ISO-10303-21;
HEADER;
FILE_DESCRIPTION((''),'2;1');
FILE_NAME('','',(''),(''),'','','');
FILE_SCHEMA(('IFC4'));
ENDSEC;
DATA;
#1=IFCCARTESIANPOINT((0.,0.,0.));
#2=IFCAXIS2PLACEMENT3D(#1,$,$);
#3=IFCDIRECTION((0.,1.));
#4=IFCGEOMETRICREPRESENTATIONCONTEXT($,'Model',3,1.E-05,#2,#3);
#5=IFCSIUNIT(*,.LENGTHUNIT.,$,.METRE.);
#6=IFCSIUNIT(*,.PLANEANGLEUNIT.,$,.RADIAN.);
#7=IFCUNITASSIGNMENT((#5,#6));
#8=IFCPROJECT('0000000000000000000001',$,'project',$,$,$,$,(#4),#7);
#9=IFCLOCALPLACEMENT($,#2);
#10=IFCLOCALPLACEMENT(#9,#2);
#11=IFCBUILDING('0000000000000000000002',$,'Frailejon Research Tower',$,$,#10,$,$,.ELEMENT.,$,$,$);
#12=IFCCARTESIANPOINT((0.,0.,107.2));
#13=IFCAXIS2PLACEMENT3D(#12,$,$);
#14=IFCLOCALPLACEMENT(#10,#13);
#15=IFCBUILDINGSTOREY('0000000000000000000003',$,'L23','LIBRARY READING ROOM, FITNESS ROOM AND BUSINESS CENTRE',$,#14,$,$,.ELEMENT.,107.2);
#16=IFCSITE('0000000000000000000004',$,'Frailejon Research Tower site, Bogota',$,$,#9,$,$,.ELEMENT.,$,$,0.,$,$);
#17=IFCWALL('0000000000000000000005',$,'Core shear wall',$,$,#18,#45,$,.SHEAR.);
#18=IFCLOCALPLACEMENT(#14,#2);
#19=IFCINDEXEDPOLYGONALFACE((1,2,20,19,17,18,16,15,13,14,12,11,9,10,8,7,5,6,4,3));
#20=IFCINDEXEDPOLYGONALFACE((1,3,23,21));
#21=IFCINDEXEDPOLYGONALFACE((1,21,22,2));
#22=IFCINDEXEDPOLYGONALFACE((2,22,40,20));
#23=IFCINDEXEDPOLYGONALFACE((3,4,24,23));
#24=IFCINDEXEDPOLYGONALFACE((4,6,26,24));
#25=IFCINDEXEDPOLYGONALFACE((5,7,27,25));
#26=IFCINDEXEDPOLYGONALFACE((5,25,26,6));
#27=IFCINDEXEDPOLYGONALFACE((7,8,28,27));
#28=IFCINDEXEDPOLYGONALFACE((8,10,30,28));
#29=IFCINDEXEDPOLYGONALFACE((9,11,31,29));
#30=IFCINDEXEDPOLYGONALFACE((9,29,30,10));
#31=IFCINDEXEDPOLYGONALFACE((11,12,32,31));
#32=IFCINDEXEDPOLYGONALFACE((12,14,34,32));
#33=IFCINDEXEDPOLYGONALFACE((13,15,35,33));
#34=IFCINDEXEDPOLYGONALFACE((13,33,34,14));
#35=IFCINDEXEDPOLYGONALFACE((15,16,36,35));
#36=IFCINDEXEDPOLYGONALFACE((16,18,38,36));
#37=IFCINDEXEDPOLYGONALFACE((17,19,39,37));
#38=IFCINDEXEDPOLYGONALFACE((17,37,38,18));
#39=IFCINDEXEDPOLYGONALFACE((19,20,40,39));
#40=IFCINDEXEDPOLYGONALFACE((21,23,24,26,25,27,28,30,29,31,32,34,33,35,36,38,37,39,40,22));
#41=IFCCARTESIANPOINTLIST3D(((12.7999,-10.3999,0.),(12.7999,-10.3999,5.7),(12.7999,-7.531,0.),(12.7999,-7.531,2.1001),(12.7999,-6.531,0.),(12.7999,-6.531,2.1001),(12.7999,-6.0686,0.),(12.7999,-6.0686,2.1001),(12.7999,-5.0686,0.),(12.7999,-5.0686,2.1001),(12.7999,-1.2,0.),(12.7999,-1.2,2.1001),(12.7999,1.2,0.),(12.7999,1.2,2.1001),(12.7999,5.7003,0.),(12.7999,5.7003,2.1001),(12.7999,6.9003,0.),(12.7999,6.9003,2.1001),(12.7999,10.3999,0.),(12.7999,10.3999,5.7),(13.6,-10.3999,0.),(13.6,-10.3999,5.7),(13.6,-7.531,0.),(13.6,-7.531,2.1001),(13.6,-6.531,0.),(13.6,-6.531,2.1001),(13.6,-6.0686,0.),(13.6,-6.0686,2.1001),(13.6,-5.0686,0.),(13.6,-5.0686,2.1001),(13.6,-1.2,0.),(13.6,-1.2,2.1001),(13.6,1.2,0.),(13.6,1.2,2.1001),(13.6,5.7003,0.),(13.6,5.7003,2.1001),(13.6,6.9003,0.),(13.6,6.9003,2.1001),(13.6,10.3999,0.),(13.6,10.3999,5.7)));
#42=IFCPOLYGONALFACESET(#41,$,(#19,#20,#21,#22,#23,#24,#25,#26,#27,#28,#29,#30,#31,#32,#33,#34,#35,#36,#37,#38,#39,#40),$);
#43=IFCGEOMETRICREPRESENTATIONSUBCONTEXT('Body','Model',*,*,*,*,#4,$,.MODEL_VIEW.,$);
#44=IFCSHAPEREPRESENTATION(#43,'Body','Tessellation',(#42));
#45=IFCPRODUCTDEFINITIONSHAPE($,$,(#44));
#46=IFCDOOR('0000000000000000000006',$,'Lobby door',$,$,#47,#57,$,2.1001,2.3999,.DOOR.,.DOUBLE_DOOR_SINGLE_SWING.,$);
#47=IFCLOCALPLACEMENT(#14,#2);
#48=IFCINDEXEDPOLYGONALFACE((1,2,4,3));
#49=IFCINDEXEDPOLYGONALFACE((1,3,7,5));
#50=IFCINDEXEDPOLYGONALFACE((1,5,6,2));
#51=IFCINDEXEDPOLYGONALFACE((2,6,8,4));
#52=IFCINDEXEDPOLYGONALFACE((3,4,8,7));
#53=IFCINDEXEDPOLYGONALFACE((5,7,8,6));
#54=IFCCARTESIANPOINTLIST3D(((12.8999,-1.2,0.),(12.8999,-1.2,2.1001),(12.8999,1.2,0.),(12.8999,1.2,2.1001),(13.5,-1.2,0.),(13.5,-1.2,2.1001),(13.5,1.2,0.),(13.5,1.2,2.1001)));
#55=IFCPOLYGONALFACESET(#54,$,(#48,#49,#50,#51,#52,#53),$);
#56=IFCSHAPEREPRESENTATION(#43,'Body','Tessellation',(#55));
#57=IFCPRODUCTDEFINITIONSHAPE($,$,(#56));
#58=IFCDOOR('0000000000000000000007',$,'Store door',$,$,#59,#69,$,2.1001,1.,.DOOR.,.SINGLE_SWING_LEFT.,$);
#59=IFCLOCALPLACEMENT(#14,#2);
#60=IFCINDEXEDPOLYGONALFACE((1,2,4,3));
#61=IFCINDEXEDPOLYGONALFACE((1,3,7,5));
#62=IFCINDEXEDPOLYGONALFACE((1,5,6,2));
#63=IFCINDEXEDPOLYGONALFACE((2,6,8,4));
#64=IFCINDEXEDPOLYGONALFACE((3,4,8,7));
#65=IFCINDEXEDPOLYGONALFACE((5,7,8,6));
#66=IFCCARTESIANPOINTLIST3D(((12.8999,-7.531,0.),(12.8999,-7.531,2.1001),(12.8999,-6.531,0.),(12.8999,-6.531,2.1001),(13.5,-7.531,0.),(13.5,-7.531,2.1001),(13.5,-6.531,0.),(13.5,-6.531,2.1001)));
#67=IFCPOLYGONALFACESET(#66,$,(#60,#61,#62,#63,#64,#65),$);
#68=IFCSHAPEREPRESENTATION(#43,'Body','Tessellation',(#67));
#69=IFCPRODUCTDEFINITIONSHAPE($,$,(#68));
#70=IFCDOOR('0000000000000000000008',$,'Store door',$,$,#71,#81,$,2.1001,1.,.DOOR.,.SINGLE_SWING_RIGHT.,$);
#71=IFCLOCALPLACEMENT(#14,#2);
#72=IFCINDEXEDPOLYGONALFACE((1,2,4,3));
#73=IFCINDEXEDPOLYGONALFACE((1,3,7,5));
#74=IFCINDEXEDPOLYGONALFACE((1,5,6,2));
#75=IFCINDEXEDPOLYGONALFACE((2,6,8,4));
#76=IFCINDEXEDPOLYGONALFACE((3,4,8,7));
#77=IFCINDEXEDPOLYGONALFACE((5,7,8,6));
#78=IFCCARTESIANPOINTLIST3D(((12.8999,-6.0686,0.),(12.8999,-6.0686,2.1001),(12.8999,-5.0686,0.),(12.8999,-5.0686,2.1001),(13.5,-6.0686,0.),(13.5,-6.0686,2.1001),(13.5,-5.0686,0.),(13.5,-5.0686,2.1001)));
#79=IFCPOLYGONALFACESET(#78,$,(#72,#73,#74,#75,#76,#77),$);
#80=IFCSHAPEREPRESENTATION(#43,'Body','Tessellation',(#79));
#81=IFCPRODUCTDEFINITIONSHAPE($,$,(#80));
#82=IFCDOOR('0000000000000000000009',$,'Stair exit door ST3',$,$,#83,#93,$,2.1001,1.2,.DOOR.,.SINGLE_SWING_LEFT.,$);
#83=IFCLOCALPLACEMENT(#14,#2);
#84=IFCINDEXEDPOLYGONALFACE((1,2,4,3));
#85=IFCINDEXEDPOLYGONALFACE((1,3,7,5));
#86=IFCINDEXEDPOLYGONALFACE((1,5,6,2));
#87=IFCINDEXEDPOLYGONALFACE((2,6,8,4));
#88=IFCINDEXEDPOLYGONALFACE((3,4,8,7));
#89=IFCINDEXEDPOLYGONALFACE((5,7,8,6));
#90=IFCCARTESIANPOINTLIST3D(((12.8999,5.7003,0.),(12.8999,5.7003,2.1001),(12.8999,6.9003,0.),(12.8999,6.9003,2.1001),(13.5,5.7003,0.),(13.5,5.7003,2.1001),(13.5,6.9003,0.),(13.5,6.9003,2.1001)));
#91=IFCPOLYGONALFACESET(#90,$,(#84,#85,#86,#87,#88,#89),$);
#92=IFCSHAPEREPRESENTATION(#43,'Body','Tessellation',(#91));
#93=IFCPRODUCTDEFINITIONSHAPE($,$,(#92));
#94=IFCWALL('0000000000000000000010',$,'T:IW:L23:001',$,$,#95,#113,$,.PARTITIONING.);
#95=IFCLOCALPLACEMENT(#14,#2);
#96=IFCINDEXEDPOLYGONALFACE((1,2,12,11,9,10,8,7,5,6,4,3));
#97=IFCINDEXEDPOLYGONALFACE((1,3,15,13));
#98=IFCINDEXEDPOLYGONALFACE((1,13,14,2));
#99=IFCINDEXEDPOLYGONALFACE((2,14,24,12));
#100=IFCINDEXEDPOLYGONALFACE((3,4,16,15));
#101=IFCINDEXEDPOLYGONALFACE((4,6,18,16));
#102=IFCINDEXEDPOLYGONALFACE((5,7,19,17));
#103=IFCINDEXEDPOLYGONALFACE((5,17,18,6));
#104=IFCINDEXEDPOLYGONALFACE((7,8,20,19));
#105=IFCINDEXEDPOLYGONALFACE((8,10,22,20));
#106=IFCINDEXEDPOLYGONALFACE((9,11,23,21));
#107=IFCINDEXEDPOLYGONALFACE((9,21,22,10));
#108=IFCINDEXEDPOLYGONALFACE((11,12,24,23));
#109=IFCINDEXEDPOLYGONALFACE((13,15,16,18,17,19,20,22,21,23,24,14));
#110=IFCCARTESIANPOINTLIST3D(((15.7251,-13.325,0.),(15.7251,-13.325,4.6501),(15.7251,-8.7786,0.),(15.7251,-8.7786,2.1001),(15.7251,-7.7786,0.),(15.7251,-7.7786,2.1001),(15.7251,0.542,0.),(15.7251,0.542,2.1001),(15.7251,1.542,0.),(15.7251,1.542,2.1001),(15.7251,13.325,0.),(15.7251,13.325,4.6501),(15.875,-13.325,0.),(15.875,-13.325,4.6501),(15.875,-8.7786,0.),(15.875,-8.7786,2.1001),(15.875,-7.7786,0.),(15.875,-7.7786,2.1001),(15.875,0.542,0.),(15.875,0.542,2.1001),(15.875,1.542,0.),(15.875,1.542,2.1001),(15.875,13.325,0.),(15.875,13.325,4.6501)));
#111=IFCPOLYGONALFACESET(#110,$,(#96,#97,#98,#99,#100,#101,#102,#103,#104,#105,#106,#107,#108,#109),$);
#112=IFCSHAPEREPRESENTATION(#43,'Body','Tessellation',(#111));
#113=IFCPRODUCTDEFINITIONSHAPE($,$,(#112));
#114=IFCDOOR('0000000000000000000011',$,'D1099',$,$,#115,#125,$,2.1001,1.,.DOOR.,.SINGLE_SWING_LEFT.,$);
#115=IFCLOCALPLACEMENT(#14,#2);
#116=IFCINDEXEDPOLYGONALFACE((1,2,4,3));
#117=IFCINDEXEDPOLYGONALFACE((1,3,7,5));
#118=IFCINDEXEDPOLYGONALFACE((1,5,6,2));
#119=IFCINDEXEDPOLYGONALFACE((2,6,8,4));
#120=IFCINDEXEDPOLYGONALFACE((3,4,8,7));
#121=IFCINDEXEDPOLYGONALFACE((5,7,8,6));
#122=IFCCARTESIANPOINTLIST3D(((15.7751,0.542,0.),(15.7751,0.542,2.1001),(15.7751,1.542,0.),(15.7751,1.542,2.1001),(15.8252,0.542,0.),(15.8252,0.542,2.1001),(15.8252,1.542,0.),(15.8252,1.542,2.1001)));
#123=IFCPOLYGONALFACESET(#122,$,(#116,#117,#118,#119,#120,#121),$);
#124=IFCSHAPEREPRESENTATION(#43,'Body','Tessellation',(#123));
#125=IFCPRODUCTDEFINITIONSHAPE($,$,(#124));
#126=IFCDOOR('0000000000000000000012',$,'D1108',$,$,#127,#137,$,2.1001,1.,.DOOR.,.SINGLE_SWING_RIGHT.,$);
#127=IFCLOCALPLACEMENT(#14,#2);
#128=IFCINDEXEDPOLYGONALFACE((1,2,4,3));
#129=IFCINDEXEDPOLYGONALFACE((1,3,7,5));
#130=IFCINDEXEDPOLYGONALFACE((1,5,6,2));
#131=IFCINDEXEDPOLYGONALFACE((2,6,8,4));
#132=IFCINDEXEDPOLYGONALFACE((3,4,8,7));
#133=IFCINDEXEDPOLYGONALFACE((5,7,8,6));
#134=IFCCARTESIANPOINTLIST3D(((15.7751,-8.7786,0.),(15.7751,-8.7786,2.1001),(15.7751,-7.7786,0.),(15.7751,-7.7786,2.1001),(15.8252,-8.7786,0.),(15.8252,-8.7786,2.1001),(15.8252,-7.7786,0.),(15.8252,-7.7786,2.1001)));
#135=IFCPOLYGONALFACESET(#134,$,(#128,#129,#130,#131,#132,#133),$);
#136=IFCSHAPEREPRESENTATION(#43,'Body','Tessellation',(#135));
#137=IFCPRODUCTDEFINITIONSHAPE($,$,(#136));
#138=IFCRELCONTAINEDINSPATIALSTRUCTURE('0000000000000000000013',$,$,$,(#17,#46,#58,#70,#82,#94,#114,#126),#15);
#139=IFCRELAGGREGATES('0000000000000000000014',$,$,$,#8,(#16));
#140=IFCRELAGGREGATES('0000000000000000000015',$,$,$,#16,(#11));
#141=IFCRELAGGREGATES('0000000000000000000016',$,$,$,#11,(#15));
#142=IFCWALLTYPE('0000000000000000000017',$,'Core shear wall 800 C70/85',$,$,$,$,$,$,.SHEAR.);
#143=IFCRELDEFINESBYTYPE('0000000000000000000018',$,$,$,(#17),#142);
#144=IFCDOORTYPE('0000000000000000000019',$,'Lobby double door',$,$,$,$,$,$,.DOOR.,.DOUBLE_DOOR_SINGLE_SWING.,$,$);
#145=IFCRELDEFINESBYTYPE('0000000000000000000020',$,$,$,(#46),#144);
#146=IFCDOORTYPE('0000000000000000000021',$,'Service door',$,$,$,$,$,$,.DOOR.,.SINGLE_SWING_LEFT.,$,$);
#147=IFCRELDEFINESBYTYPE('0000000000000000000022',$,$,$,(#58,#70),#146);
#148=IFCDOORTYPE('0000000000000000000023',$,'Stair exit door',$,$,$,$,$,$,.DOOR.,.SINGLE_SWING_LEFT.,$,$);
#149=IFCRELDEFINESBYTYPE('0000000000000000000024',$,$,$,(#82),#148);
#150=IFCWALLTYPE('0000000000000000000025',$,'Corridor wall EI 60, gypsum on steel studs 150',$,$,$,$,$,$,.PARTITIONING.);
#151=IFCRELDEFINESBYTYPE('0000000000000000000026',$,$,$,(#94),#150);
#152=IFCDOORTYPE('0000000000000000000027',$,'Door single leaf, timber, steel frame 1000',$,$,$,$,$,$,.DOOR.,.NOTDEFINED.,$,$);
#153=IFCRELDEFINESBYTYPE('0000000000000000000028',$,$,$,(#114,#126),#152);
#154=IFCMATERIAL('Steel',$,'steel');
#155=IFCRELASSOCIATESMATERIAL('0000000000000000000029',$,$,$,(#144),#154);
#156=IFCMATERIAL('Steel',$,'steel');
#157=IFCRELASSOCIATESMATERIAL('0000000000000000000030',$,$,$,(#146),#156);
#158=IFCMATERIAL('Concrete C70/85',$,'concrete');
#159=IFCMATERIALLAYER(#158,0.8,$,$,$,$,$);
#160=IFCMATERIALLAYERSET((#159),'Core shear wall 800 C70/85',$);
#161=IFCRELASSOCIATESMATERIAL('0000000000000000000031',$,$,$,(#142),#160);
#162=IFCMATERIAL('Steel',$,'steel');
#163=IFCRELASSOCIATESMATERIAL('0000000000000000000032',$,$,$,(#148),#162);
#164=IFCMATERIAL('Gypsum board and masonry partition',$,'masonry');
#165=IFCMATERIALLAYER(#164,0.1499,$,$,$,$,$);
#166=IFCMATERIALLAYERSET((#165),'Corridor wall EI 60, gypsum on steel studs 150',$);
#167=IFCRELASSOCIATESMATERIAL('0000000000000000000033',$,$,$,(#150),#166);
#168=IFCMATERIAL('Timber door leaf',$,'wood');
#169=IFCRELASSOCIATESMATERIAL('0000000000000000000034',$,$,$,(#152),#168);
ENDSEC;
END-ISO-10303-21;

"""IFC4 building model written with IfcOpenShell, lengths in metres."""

from ifc_helpers import new_model, si_unit, direction, frame, frame_2d, origin, place, context, subcontext, project, spatial, rectangle, extrude, material, layer, layer_set, type_object, element, fill, save


model = new_model("IFC4")

# Units and contexts
model_context = context("Model", 3, precision=1e-05, world=origin(), true_north=direction((0.0, 1.0)))
body_context = subcontext(model_context, "Body", "Model", "MODEL_VIEW")
ifc_project = project(units=[si_unit("LENGTHUNIT", "METRE"), si_unit("PLANEANGLEUNIT", "RADIAN")], contexts=[model_context])

# Site, building, storey
site_placement = place(None, origin())
site = spatial("IfcSite", under=ifc_project, at=site_placement, Name="Frailejon Research Tower site, Bogota", CompositionType="ELEMENT", RefElevation=0.0)
building_placement = place(site_placement, origin())
building = spatial("IfcBuilding", under=site, at=building_placement, Name="Frailejon Research Tower", CompositionType="ELEMENT")
storey_placement = place(building_placement, frame((0.0, 0.0, 107.2)))
storey = spatial("IfcBuildingStorey", under=building, at=storey_placement, Name="L23", Description="LIBRARY READING ROOM, FITNESS ROOM AND BUSINESS CENTRE", CompositionType="ELEMENT", Elevation=107.2)

# Walls, openings, doors
ifc_material_1 = material(Name="Steel", Category="steel")
door_type_1 = type_object("IfcDoorType", Name="Lobby double door", OperationType="DOUBLE_DOOR_SINGLE_SWING", PredefinedType="DOOR", material=ifc_material_1)
ifc_material_2 = material(Name="Steel", Category="steel")
door_type_2 = type_object("IfcDoorType", Name="Service door", OperationType="SINGLE_SWING_LEFT", PredefinedType="DOOR", material=ifc_material_2)
ifc_material_3 = material(Name="Concrete C70/85", Category="concrete")
ifc_layer_1 = layer(ifc_material_3, 0.8)
ifc_layer_set_1 = layer_set([ifc_layer_1], Name="Core shear wall 800 C70/85")
wall_type_1 = type_object("IfcWallType", Name="Core shear wall 800 C70/85", PredefinedType="SHEAR", material=ifc_layer_set_1)
wall_1_placement = place(storey_placement, frame((13.2, -10.3999, 0.0), z_axis=(0.0, 0.0, 1.0), x_axis=(0.0, 1.0, 0.0)))
wall_1 = element("IfcWall", 1, at=wall_1_placement, inside=storey, type_object=wall_type_1, Name="Core shear wall", PredefinedType="SHEAR", context=body_context, shape_type="SweptSolid", body=[
    extrude(rectangle(XDim=20.7998, YDim=0.8, at=frame_2d((10.3999, 0.0))), origin(), (0.0, 0.0, 1.0), 5.7),
])
opening_1_placement = place(wall_1_placement, frame((9.2, 0.0, 0.0)))
opening_1 = element("IfcOpeningElement", 2, at=opening_1_placement, cuts=wall_1, PredefinedType="OPENING", context=body_context, shape_type="SweptSolid", body=[
    extrude(rectangle(XDim=2.3999, YDim=2.1001, at=frame_2d((1.2, 1.05))), frame((0.0, 0.4099, 0.0), z_axis=(0.0, -1.0, 0.0), x_axis=(1.0, 0.0, 0.0)), (0.0, 0.0, 1.0), 0.8201),
])
opening_2_placement = place(wall_1_placement, frame((16.1001, 0.0, 0.0)))
opening_2 = element("IfcOpeningElement", 3, at=opening_2_placement, cuts=wall_1, PredefinedType="OPENING", context=body_context, shape_type="SweptSolid", body=[
    extrude(rectangle(XDim=1.2, YDim=2.1001, at=frame_2d((0.6001, 1.05))), frame((0.0, 0.4099, 0.0), z_axis=(0.0, -1.0, 0.0), x_axis=(1.0, 0.0, 0.0)), (0.0, 0.0, 1.0), 0.8201),
])
opening_3_placement = place(wall_1_placement, frame((2.8689, 0.0, 0.0)))
opening_3 = element("IfcOpeningElement", 4, at=opening_3_placement, cuts=wall_1, PredefinedType="OPENING", context=body_context, shape_type="SweptSolid", body=[
    extrude(rectangle(XDim=1.0, YDim=2.1001, at=frame_2d((0.5, 1.05))), frame((0.0, 0.4099, 0.0), z_axis=(0.0, -1.0, 0.0), x_axis=(1.0, 0.0, 0.0)), (0.0, 0.0, 1.0), 0.8201),
])
opening_4_placement = place(wall_1_placement, frame((4.3313, 0.0, 0.0)))
opening_4 = element("IfcOpeningElement", 5, at=opening_4_placement, cuts=wall_1, PredefinedType="OPENING", context=body_context, shape_type="SweptSolid", body=[
    extrude(rectangle(XDim=1.0, YDim=2.1001, at=frame_2d((0.5, 1.05))), frame((0.0, 0.4099, 0.0), z_axis=(0.0, -1.0, 0.0), x_axis=(1.0, 0.0, 0.0)), (0.0, 0.0, 1.0), 0.8201),
])
door_1_placement = place(opening_1_placement, origin())
door_1 = element("IfcDoor", 6, at=door_1_placement, inside=storey, type_object=door_type_1, Name="Lobby door", OperationType="DOUBLE_DOOR_SINGLE_SWING", OverallHeight=2.1001, OverallWidth=2.3999, PredefinedType="DOOR", context=body_context, shape_type="SweptSolid", body=[
    extrude(rectangle(XDim=2.3999, YDim=2.1001, at=frame_2d((1.2, 1.05))), frame((0.0, 0.3, 0.0), z_axis=(0.0, -1.0, 0.0), x_axis=(1.0, 0.0, 0.0)), (0.0, 0.0, 1.0), 0.6001),
])
fill(opening_1, door_1)
door_2_placement = place(opening_3_placement, origin())
door_2 = element("IfcDoor", 7, at=door_2_placement, inside=storey, type_object=door_type_2, Name="Store door", OperationType="SINGLE_SWING_LEFT", OverallHeight=2.1001, OverallWidth=1.0, PredefinedType="DOOR", context=body_context, shape_type="SweptSolid", body=[
    extrude(rectangle(XDim=1.0, YDim=2.1001, at=frame_2d((0.5, 1.05))), frame((0.0, 0.3, 0.0), z_axis=(0.0, -1.0, 0.0), x_axis=(1.0, 0.0, 0.0)), (0.0, 0.0, 1.0), 0.6001),
])
fill(opening_3, door_2)
door_3_placement = place(opening_4_placement, origin())
door_3 = element("IfcDoor", 8, at=door_3_placement, inside=storey, type_object=door_type_2, Name="Store door", OperationType="SINGLE_SWING_RIGHT", OverallHeight=2.1001, OverallWidth=1.0, PredefinedType="DOOR", context=body_context, shape_type="SweptSolid", body=[
    extrude(rectangle(XDim=1.0, YDim=2.1001, at=frame_2d((0.5, 1.05))), frame((0.0, 0.3, 0.0), z_axis=(0.0, -1.0, 0.0), x_axis=(1.0, 0.0, 0.0)), (0.0, 0.0, 1.0), 0.6001),
])
fill(opening_4, door_3)
ifc_material_4 = material(Name="Steel", Category="steel")
door_type_3 = type_object("IfcDoorType", Name="Stair exit door", OperationType="SINGLE_SWING_LEFT", PredefinedType="DOOR", material=ifc_material_4)
door_4_placement = place(opening_2_placement, origin())
door_4 = element("IfcDoor", 9, at=door_4_placement, inside=storey, type_object=door_type_3, Name="Stair exit door ST3", OperationType="SINGLE_SWING_LEFT", OverallHeight=2.1001, OverallWidth=1.2, PredefinedType="DOOR", context=body_context, shape_type="SweptSolid", body=[
    extrude(rectangle(XDim=1.2, YDim=2.1001, at=frame_2d((0.6001, 1.05))), frame((0.0, 0.3, 0.0), z_axis=(0.0, -1.0, 0.0), x_axis=(1.0, 0.0, 0.0)), (0.0, 0.0, 1.0), 0.6001),
])
fill(opening_2, door_4)
ifc_material_5 = material(Name="Gypsum board and masonry partition", Category="masonry")
ifc_layer_2 = layer(ifc_material_5, 0.1499)
ifc_layer_set_2 = layer_set([ifc_layer_2], Name="Corridor wall EI 60, gypsum on steel studs 150")
wall_type_2 = type_object("IfcWallType", Name="Corridor wall EI 60, gypsum on steel studs 150", PredefinedType="PARTITIONING", material=ifc_layer_set_2)
wall_2_placement = place(storey_placement, frame((15.8, -13.325, 0.0), z_axis=(0.0, 0.0, 1.0), x_axis=(0.0, 1.0, 0.0)))
wall_2 = element("IfcWall", 10, at=wall_2_placement, inside=storey, type_object=wall_type_2, Name="T:IW:L23:001", PredefinedType="PARTITIONING", context=body_context, shape_type="SweptSolid", body=[
    extrude(rectangle(XDim=26.6499, YDim=0.1499, at=frame_2d((13.325, 0.0))), origin(), (0.0, 0.0, 1.0), 4.6501),
])
opening_5_placement = place(wall_2_placement, frame((13.8669, 0.0, 0.0)))
opening_5 = element("IfcOpeningElement", 11, at=opening_5_placement, cuts=wall_2, PredefinedType="OPENING", context=body_context, shape_type="SweptSolid", body=[
    extrude(rectangle(XDim=1.0, YDim=2.1001, at=frame_2d((0.5, 1.05))), frame((0.0, 0.085, 0.0), z_axis=(0.0, -1.0, 0.0), x_axis=(1.0, 0.0, 0.0)), (0.0, 0.0, 1.0), 0.1699),
])
opening_6_placement = place(wall_2_placement, frame((4.5464, 0.0, 0.0)))
opening_6 = element("IfcOpeningElement", 12, at=opening_6_placement, cuts=wall_2, PredefinedType="OPENING", context=body_context, shape_type="SweptSolid", body=[
    extrude(rectangle(XDim=1.0, YDim=2.1001, at=frame_2d((0.5, 1.05))), frame((0.0, 0.085, 0.0), z_axis=(0.0, -1.0, 0.0), x_axis=(1.0, 0.0, 0.0)), (0.0, 0.0, 1.0), 0.1699),
])
ifc_material_6 = material(Name="Timber door leaf", Category="wood")
door_type_4 = type_object("IfcDoorType", Name="Door single leaf, timber, steel frame 1000", OperationType="NOTDEFINED", PredefinedType="DOOR", material=ifc_material_6)
door_5_placement = place(opening_5_placement, origin())
door_5 = element("IfcDoor", 13, at=door_5_placement, inside=storey, type_object=door_type_4, Name="D1099", OperationType="SINGLE_SWING_LEFT", OverallHeight=2.1001, OverallWidth=1.0, PredefinedType="DOOR", context=body_context, shape_type="SweptSolid", body=[
    extrude(rectangle(XDim=1.0, YDim=2.1001, at=frame_2d((0.5, 1.05))), frame((0.0, 0.0249, 0.0), z_axis=(0.0, -1.0, 0.0), x_axis=(1.0, 0.0, 0.0)), (0.0, 0.0, 1.0), 0.05),
])
fill(opening_5, door_5)
door_6_placement = place(opening_6_placement, origin())
door_6 = element("IfcDoor", 14, at=door_6_placement, inside=storey, type_object=door_type_4, Name="D1108", OperationType="SINGLE_SWING_RIGHT", OverallHeight=2.1001, OverallWidth=1.0, PredefinedType="DOOR", context=body_context, shape_type="SweptSolid", body=[
    extrude(rectangle(XDim=1.0, YDim=2.1001, at=frame_2d((0.5, 1.05))), frame((0.0, 0.0249, 0.0), z_axis=(0.0, -1.0, 0.0), x_axis=(1.0, 0.0, 0.0)), (0.0, 0.0, 1.0), 0.05),
])
fill(opening_6, door_6)

save(model, "model.ifc")
